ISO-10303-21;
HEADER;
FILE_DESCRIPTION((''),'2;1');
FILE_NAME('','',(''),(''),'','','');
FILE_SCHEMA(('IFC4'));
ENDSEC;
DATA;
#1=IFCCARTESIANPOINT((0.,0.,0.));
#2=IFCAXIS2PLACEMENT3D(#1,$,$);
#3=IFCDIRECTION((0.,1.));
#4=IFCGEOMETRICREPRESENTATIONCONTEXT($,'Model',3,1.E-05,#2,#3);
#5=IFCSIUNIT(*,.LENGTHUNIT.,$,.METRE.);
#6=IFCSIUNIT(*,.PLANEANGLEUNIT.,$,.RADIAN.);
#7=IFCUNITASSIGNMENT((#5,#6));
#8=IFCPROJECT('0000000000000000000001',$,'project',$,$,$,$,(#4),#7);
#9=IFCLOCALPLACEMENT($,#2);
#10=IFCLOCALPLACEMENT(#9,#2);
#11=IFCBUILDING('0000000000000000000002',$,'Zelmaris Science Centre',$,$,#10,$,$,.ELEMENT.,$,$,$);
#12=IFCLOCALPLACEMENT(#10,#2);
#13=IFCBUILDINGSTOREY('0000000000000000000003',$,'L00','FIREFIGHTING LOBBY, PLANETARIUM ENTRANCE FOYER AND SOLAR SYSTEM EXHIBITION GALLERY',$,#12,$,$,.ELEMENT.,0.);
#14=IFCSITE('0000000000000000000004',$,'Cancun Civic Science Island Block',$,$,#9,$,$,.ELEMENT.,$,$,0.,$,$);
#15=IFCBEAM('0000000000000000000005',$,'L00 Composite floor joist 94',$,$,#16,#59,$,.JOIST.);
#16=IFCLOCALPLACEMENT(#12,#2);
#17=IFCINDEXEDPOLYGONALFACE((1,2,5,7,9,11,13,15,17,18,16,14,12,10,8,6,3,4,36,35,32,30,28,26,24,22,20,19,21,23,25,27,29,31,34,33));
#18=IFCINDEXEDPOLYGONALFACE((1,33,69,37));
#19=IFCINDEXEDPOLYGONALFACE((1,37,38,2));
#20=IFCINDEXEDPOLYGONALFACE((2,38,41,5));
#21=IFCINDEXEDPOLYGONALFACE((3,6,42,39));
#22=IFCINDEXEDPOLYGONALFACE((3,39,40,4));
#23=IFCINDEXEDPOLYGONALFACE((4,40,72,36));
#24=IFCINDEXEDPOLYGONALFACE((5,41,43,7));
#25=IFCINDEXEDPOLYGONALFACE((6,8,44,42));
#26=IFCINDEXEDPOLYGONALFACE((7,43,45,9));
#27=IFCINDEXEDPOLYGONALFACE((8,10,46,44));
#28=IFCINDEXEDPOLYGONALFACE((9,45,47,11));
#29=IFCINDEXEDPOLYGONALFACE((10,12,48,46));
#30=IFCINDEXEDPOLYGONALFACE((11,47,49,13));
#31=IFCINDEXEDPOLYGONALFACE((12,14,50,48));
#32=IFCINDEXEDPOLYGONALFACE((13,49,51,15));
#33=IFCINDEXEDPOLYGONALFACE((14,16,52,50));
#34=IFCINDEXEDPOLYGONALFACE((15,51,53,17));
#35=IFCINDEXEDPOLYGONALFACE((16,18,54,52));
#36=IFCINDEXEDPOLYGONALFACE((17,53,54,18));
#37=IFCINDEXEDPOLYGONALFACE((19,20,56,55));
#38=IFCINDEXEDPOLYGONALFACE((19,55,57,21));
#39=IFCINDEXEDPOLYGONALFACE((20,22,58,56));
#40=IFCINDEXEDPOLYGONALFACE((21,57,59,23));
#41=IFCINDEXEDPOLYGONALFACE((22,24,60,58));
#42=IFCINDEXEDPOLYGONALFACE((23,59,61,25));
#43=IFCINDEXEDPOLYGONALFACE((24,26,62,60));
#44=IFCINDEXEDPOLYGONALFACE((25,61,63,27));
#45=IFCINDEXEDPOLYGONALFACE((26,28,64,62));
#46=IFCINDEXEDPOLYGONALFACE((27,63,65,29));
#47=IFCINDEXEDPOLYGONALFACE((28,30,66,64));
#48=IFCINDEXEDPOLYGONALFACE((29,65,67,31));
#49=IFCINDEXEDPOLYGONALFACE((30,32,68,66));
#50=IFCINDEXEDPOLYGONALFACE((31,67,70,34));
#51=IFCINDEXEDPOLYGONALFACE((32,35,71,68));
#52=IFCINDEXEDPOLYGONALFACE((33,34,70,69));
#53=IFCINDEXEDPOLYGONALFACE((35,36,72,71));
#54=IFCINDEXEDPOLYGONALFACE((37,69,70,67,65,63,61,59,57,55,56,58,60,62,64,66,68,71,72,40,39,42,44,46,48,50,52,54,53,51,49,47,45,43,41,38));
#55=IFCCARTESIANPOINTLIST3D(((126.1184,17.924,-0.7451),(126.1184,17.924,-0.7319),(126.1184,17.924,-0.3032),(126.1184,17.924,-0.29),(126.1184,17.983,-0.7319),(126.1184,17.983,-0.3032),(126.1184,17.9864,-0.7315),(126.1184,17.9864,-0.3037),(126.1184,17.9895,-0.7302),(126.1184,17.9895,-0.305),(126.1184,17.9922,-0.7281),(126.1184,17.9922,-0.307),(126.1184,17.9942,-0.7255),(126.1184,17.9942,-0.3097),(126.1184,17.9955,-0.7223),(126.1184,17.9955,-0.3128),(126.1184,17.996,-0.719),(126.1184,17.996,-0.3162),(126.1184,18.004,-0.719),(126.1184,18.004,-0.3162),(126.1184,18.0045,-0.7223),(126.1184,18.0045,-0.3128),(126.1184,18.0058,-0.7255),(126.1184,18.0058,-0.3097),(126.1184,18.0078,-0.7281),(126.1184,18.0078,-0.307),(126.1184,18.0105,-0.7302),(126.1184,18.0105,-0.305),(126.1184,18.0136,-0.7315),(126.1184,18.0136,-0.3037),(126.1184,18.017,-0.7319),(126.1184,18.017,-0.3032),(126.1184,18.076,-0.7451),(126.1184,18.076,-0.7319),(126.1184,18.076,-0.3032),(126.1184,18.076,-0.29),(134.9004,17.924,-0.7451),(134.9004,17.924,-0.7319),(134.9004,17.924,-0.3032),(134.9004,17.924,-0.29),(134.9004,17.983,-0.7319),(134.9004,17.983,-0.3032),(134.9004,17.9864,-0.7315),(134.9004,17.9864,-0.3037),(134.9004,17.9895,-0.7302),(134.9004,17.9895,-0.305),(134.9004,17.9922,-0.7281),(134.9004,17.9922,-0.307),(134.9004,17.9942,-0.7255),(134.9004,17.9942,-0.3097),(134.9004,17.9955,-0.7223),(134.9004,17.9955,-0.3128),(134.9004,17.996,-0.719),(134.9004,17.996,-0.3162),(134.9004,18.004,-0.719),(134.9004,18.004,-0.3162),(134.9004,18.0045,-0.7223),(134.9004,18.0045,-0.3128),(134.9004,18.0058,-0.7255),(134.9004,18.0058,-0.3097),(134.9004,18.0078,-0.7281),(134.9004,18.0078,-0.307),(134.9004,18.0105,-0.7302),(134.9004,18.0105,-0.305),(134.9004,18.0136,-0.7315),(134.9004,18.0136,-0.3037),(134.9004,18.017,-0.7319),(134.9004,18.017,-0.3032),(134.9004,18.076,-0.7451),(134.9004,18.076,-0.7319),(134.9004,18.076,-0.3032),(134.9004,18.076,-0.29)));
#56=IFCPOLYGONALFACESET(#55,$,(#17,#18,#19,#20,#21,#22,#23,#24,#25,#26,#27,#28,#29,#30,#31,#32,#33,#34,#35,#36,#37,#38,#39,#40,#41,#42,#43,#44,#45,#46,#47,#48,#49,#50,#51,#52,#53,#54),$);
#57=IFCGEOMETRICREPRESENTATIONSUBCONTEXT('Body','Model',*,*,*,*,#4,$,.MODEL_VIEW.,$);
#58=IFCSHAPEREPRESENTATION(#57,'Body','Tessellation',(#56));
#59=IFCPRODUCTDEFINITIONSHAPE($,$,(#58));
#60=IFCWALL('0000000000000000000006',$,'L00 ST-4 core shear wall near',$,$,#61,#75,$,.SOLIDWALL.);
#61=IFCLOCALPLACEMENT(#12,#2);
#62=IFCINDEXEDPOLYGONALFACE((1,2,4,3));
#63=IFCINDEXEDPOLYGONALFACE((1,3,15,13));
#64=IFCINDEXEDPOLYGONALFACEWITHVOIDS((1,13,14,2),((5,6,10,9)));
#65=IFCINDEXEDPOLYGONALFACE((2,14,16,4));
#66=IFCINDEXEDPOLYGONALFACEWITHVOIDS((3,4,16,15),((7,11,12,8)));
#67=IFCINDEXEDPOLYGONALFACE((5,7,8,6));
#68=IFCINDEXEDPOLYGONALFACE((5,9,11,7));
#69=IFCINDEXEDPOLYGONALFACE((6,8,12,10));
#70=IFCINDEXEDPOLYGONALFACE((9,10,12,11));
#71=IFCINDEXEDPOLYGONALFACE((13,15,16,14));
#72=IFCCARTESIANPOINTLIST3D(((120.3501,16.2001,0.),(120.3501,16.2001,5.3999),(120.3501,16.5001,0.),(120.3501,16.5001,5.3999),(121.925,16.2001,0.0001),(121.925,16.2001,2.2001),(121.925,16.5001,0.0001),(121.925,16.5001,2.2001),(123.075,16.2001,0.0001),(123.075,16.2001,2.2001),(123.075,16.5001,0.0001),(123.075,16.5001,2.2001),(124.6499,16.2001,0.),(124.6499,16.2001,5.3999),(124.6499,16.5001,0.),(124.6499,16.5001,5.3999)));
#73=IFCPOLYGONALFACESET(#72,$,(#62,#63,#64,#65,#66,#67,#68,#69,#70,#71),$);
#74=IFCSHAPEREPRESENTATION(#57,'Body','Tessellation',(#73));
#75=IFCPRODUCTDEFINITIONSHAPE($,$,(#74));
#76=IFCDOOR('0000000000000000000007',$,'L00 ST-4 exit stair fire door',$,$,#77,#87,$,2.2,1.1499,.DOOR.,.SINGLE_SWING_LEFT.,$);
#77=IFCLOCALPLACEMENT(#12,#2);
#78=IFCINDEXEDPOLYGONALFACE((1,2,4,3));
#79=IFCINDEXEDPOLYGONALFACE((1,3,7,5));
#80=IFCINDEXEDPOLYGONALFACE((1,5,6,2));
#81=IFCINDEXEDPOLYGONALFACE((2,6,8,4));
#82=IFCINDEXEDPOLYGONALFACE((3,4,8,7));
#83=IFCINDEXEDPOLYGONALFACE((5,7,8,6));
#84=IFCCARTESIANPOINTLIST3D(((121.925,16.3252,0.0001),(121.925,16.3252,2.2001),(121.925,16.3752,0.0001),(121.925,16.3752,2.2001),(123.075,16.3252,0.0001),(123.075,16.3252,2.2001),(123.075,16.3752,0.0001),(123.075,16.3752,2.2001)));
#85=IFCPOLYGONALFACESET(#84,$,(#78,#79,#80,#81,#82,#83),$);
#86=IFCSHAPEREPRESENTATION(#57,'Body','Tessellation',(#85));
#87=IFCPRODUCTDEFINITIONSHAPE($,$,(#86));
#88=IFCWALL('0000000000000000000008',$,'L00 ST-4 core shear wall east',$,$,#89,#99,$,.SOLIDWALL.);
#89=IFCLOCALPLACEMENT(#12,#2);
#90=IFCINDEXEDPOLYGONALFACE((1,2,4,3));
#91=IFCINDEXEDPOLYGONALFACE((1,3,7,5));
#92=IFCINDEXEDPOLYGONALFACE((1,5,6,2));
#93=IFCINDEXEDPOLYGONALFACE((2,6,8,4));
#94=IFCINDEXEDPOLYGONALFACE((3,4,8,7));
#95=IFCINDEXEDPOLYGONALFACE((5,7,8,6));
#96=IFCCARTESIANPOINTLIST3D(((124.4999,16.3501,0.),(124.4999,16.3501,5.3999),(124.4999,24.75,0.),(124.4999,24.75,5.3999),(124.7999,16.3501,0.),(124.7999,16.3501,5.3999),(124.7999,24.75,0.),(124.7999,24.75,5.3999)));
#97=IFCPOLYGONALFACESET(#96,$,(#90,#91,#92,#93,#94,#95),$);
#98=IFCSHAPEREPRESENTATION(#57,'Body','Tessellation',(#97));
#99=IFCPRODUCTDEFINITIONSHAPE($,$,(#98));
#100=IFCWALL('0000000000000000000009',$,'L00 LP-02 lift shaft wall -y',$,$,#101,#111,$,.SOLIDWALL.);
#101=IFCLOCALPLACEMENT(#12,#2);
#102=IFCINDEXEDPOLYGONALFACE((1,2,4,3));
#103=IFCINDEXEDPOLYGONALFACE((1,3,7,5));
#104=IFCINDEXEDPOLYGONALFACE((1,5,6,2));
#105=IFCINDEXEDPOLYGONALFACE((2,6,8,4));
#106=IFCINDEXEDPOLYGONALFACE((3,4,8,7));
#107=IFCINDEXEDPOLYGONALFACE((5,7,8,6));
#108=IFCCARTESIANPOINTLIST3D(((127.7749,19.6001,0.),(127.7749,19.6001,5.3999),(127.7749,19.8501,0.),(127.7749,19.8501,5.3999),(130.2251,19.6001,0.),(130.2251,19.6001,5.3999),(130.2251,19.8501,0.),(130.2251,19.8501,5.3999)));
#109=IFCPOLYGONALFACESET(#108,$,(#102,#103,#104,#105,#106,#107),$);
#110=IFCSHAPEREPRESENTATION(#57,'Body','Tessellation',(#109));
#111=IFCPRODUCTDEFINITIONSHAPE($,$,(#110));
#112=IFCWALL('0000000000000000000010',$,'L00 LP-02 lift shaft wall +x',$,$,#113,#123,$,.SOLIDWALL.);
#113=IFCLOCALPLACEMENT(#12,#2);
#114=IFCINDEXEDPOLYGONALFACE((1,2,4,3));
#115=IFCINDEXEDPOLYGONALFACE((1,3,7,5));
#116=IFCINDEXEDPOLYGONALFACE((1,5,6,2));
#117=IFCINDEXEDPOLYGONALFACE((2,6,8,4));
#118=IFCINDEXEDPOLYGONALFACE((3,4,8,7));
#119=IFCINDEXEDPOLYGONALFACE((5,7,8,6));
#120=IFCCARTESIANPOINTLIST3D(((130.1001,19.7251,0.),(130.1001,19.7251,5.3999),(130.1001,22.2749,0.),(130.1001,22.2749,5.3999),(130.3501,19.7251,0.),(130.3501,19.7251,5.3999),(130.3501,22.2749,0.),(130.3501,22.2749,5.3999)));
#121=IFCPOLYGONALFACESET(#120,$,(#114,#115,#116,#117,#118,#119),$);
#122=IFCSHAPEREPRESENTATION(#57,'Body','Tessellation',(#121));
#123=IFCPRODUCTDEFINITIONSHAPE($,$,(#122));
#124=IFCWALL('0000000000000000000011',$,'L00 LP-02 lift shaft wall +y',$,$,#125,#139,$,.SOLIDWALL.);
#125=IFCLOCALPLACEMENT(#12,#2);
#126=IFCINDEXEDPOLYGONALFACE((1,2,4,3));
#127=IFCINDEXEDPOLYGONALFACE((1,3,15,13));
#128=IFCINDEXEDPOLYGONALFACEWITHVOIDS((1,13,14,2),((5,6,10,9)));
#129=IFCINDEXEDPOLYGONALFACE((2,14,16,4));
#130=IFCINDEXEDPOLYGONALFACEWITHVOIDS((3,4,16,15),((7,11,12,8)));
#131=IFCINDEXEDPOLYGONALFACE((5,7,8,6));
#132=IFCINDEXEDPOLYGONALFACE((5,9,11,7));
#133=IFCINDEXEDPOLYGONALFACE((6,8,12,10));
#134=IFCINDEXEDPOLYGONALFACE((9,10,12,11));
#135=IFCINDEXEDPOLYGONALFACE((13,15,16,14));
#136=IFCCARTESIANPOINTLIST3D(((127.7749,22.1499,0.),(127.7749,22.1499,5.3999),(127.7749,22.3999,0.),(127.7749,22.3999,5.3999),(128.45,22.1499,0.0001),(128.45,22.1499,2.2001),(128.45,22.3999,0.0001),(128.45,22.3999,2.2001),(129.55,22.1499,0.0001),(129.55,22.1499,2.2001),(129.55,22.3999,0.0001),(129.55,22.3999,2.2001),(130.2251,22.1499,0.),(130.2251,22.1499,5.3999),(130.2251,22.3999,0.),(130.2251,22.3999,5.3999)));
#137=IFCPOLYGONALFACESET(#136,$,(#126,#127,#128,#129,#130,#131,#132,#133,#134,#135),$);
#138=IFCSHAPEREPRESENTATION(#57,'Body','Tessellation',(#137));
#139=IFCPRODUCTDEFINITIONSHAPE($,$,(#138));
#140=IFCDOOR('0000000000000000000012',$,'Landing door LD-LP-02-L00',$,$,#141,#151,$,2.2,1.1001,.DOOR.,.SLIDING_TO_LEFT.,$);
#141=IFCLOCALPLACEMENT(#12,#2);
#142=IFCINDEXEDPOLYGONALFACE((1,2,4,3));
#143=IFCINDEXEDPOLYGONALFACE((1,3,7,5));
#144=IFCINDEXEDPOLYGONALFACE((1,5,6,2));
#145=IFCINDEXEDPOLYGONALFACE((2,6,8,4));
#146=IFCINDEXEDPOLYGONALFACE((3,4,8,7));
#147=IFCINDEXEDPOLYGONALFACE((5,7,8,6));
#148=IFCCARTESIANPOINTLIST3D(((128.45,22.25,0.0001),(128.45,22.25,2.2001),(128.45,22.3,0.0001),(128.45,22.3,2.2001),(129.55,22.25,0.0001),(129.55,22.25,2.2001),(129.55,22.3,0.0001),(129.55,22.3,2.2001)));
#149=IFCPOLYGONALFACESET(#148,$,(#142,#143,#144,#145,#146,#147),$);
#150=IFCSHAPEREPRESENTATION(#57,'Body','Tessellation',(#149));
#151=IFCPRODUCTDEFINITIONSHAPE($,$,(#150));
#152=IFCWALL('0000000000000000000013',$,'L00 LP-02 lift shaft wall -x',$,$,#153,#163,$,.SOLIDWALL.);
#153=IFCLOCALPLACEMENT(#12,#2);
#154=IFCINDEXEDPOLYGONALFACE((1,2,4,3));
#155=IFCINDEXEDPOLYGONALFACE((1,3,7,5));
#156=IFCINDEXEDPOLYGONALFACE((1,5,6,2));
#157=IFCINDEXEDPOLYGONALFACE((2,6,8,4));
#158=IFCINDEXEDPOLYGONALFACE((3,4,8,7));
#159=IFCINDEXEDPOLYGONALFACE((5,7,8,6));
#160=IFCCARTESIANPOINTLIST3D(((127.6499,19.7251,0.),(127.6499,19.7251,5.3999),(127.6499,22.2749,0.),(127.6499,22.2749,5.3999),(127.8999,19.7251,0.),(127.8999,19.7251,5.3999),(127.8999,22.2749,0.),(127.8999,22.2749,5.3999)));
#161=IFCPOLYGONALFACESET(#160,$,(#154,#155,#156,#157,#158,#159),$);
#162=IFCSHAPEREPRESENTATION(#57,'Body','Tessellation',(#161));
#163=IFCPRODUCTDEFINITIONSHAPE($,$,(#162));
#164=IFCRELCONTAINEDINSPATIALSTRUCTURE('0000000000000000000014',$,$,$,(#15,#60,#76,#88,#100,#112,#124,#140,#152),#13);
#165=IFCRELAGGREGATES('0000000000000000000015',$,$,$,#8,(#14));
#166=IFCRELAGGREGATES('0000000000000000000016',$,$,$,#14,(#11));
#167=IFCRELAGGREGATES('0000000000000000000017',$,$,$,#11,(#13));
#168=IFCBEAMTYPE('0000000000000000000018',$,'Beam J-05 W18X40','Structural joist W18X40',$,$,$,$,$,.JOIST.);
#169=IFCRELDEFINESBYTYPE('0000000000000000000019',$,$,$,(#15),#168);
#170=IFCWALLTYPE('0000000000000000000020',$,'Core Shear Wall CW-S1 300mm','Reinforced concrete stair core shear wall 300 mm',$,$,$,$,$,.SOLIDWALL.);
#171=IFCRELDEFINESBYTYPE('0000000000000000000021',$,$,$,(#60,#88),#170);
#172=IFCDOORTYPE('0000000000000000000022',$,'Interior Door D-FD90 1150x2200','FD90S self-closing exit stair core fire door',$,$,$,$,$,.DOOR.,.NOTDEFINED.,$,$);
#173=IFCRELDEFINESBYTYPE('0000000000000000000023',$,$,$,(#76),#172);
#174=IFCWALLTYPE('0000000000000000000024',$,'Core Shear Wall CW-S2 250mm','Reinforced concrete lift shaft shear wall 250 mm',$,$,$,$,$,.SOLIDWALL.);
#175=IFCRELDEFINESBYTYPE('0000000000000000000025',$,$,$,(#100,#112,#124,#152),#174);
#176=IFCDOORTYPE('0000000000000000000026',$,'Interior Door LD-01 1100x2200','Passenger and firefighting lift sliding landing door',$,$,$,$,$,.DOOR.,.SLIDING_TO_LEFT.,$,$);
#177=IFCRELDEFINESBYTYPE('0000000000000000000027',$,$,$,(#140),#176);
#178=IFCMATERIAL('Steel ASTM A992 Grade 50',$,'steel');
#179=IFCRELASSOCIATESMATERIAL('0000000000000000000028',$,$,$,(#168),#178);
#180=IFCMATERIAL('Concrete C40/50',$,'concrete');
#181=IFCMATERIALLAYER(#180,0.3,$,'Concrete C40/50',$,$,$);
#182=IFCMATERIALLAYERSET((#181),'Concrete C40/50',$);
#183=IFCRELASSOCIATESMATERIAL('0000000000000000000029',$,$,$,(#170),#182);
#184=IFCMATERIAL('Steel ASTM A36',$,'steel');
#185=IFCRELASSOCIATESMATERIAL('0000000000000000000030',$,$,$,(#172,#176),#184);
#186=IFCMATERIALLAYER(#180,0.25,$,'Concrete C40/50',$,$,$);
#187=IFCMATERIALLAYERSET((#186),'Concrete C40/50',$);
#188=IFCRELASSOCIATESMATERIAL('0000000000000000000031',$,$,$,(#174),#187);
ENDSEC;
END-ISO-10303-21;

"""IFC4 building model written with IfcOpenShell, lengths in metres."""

from ifc_helpers import new_model, si_unit, direction, frame, frame_2d, origin, origin_2d, place, context, subcontext, project, spatial, rectangle, i_section, extrude, material, layer, layer_set, material_profile, profile_set, type_object, element, fill, save


model = new_model("IFC4")

# Units and contexts
model_context = context("Model", 3, precision=1e-05, world=origin(), true_north=direction((0.0, 1.0)))
body_context = subcontext(model_context, "Body", "Model", "MODEL_VIEW")
ifc_project = project(units=[si_unit("LENGTHUNIT", "METRE"), si_unit("PLANEANGLEUNIT", "RADIAN")], contexts=[model_context])

# Site, building, storey
site_placement = place(None, origin())
site = spatial("IfcSite", under=ifc_project, at=site_placement, Name="Cancun Civic Science Island Block", CompositionType="ELEMENT", RefElevation=0.0)
building_placement = place(site_placement, origin())
building = spatial("IfcBuilding", under=site, at=building_placement, Name="Zelmaris Science Centre", CompositionType="ELEMENT")
storey_placement = place(building_placement, origin())
storey = spatial("IfcBuildingStorey", under=building, at=storey_placement, Name="L00", Description="FIREFIGHTING LOBBY, PLANETARIUM ENTRANCE FOYER AND SOLAR SYSTEM EXHIBITION GALLERY", CompositionType="ELEMENT", Elevation=0.0)

# Shared definitions
ifc_material_1 = material(Name="Steel ASTM A992 Grade 50", Category="steel")

# Beam
ifc_material_profile_1 = material_profile(ifc_material_1, i_section(OverallWidth=0.1521, OverallDepth=0.4551, WebThickness=0.0081, FlangeThickness=0.0132, FilletRadius=0.0129, at=origin_2d()), Name="W18X40")
ifc_profile_set_1 = profile_set([ifc_material_profile_1], Name="Steel ASTM A992 Grade 50")
beam_type_1 = type_object("IfcBeamType", Name="Beam J-05 W18X40", Description="Structural joist W18X40", PredefinedType="JOIST", material=ifc_profile_set_1)
beam_1_placement = place(storey_placement, frame((126.1184, 18.0, -0.5176), z_axis=(1.0, 0.0, 0.0), x_axis=(0.0, 1.0, 0.0)))
element("IfcBeam", 1, at=beam_1_placement, inside=storey, type_object=beam_type_1, Name="L00 Composite floor joist 94", PredefinedType="JOIST", context=body_context, shape_type="SweptSolid", body=[
    extrude(i_section(OverallWidth=0.1521, OverallDepth=0.4551, WebThickness=0.0081, FlangeThickness=0.0132, FilletRadius=0.0129, at=origin_2d()), origin(), (0.0, 0.0, 1.0), 8.782),
])

# Wall, opening, door
ifc_material_2 = material(Name="Concrete C40/50", Category="concrete")
ifc_layer_1 = layer(ifc_material_2, 0.3, Name="Concrete C40/50")
ifc_layer_set_1 = layer_set([ifc_layer_1], Name="Concrete C40/50")
wall_type_1 = type_object("IfcWallType", Name="Core Shear Wall CW-S1 300mm", Description="Reinforced concrete stair core shear wall 300 mm", PredefinedType="SOLIDWALL", material=ifc_layer_set_1)
wall_1_placement = place(storey_placement, frame((124.6499, 16.3501, 0.0), z_axis=(0.0, 0.0, 1.0), x_axis=(-1.0, 0.0, 0.0)))
wall_1 = element("IfcWall", 2, at=wall_1_placement, inside=storey, type_object=wall_type_1, Name="L00 ST-4 core shear wall near", PredefinedType="SOLIDWALL", context=body_context, shape_type="SweptSolid", body=[
    extrude(rectangle(XDim=4.2998, YDim=0.3, at=frame_2d((2.1499, 0.0))), origin(), (0.0, 0.0, 1.0), 5.3999),
])
opening_1_placement = place(wall_1_placement, frame((1.575, 0.0, 0.0)))
opening_1 = element("IfcOpeningElement", 3, at=opening_1_placement, cuts=wall_1, PredefinedType="OPENING", context=body_context, shape_type="SweptSolid", body=[
    extrude(rectangle(XDim=1.1499, YDim=2.2, at=frame_2d((0.575, 1.1001))), frame((0.0, 0.1599, 0.0), z_axis=(0.0, -1.0, 0.0), x_axis=(1.0, 0.0, 0.0)), (0.0, 0.0, 1.0), 0.3201),
])
ifc_material_3 = material(Name="Steel ASTM A36", Category="steel")
door_type_1 = type_object("IfcDoorType", Name="Interior Door D-FD90 1150x2200", Description="FD90S self-closing exit stair core fire door", OperationType="NOTDEFINED", PredefinedType="DOOR", material=ifc_material_3)
door_1_placement = place(opening_1_placement, origin())
door_1 = element("IfcDoor", 4, at=door_1_placement, inside=storey, type_object=door_type_1, Name="L00 ST-4 exit stair fire door", OperationType="SINGLE_SWING_LEFT", OverallHeight=2.2, OverallWidth=1.1499, PredefinedType="DOOR", context=body_context, shape_type="SweptSolid", body=[
    extrude(rectangle(XDim=1.1499, YDim=2.2, at=frame_2d((0.575, 1.1001))), frame((0.0, 0.0249, 0.0), z_axis=(0.0, -1.0, 0.0), x_axis=(1.0, 0.0, 0.0)), (0.0, 0.0, 1.0), 0.05),
])
fill(opening_1, door_1)

# Walls
wall_2_placement = place(storey_placement, frame((124.6499, 16.3501, 0.0), z_axis=(0.0, 0.0, 1.0), x_axis=(0.0, 1.0, 0.0)))
element("IfcWall", 5, at=wall_2_placement, inside=storey, type_object=wall_type_1, Name="L00 ST-4 core shear wall east", PredefinedType="SOLIDWALL", context=body_context, shape_type="SweptSolid", body=[
    extrude(rectangle(XDim=8.3999, YDim=0.3, at=frame_2d((4.2, 0.0))), origin(), (0.0, 0.0, 1.0), 5.3999),
])
ifc_layer_2 = layer(ifc_material_2, 0.25, Name="Concrete C40/50")
ifc_layer_set_2 = layer_set([ifc_layer_2], Name="Concrete C40/50")
wall_type_2 = type_object("IfcWallType", Name="Core Shear Wall CW-S2 250mm", Description="Reinforced concrete lift shaft shear wall 250 mm", PredefinedType="SOLIDWALL", material=ifc_layer_set_2)
wall_3_placement = place(storey_placement, frame((127.7749, 19.7251, 0.0), z_axis=(0.0, 0.0, 1.0), x_axis=(1.0, 0.0, 0.0)))
element("IfcWall", 6, at=wall_3_placement, inside=storey, type_object=wall_type_2, Name="L00 LP-02 lift shaft wall -y", PredefinedType="SOLIDWALL", context=body_context, shape_type="SweptSolid", body=[
    extrude(rectangle(XDim=2.4502, YDim=0.25, at=frame_2d((1.2251, 0.0))), origin(), (0.0, 0.0, 1.0), 5.3999),
])
wall_4_placement = place(storey_placement, frame((130.2251, 19.7251, 0.0), z_axis=(0.0, 0.0, 1.0), x_axis=(0.0, 1.0, 0.0)))
element("IfcWall", 7, at=wall_4_placement, inside=storey, type_object=wall_type_2, Name="L00 LP-02 lift shaft wall +x", PredefinedType="SOLIDWALL", context=body_context, shape_type="SweptSolid", body=[
    extrude(rectangle(XDim=2.5498, YDim=0.25, at=frame_2d((1.2749, 0.0))), origin(), (0.0, 0.0, 1.0), 5.3999),
])

# Wall, opening, door
wall_5_placement = place(storey_placement, frame((130.2251, 22.2749, 0.0), z_axis=(0.0, 0.0, 1.0), x_axis=(-1.0, 0.0, 0.0)))
wall_5 = element("IfcWall", 8, at=wall_5_placement, inside=storey, type_object=wall_type_2, Name="L00 LP-02 lift shaft wall +y", PredefinedType="SOLIDWALL", context=body_context, shape_type="SweptSolid", body=[
    extrude(rectangle(XDim=2.4502, YDim=0.25, at=frame_2d((1.2251, 0.0))), origin(), (0.0, 0.0, 1.0), 5.3999),
])
opening_2_placement = place(wall_5_placement, frame((0.675, 0.0, 0.0)))
opening_2 = element("IfcOpeningElement", 9, at=opening_2_placement, cuts=wall_5, PredefinedType="OPENING", context=body_context, shape_type="SweptSolid", body=[
    extrude(rectangle(XDim=1.1001, YDim=2.2, at=frame_2d((0.55, 1.1001))), frame((0.0, 0.135, 0.0), z_axis=(0.0, -1.0, 0.0), x_axis=(1.0, 0.0, 0.0)), (0.0, 0.0, 1.0), 0.27),
])
door_type_2 = type_object("IfcDoorType", Name="Interior Door LD-01 1100x2200", Description="Passenger and firefighting lift sliding landing door", OperationType="SLIDING_TO_LEFT", PredefinedType="DOOR", material=ifc_material_3)
door_2_placement = place(opening_2_placement, origin())
door_2 = element("IfcDoor", 10, at=door_2_placement, inside=storey, type_object=door_type_2, Name="Landing door LD-LP-02-L00", OperationType="SLIDING_TO_LEFT", OverallHeight=2.2, OverallWidth=1.1001, PredefinedType="DOOR", context=body_context, shape_type="SweptSolid", body=[
    extrude(rectangle(XDim=1.1001, YDim=2.2, at=frame_2d((0.55, 1.1001))), frame((0.0, 0.0249, 0.0), z_axis=(0.0, -1.0, 0.0), x_axis=(1.0, 0.0, 0.0)), (0.0, 0.0, 1.0), 0.05),
])
fill(opening_2, door_2)

# Wall
wall_6_placement = place(storey_placement, frame((127.7749, 22.2749, 0.0), z_axis=(0.0, 0.0, 1.0), x_axis=(0.0, -1.0, 0.0)))
element("IfcWall", 11, at=wall_6_placement, inside=storey, type_object=wall_type_2, Name="L00 LP-02 lift shaft wall -x", PredefinedType="SOLIDWALL", context=body_context, shape_type="SweptSolid", body=[
    extrude(rectangle(XDim=2.5498, YDim=0.25, at=frame_2d((1.2749, 0.0))), origin(), (0.0, 0.0, 1.0), 5.3999),
])

save(model, "model.ifc")
